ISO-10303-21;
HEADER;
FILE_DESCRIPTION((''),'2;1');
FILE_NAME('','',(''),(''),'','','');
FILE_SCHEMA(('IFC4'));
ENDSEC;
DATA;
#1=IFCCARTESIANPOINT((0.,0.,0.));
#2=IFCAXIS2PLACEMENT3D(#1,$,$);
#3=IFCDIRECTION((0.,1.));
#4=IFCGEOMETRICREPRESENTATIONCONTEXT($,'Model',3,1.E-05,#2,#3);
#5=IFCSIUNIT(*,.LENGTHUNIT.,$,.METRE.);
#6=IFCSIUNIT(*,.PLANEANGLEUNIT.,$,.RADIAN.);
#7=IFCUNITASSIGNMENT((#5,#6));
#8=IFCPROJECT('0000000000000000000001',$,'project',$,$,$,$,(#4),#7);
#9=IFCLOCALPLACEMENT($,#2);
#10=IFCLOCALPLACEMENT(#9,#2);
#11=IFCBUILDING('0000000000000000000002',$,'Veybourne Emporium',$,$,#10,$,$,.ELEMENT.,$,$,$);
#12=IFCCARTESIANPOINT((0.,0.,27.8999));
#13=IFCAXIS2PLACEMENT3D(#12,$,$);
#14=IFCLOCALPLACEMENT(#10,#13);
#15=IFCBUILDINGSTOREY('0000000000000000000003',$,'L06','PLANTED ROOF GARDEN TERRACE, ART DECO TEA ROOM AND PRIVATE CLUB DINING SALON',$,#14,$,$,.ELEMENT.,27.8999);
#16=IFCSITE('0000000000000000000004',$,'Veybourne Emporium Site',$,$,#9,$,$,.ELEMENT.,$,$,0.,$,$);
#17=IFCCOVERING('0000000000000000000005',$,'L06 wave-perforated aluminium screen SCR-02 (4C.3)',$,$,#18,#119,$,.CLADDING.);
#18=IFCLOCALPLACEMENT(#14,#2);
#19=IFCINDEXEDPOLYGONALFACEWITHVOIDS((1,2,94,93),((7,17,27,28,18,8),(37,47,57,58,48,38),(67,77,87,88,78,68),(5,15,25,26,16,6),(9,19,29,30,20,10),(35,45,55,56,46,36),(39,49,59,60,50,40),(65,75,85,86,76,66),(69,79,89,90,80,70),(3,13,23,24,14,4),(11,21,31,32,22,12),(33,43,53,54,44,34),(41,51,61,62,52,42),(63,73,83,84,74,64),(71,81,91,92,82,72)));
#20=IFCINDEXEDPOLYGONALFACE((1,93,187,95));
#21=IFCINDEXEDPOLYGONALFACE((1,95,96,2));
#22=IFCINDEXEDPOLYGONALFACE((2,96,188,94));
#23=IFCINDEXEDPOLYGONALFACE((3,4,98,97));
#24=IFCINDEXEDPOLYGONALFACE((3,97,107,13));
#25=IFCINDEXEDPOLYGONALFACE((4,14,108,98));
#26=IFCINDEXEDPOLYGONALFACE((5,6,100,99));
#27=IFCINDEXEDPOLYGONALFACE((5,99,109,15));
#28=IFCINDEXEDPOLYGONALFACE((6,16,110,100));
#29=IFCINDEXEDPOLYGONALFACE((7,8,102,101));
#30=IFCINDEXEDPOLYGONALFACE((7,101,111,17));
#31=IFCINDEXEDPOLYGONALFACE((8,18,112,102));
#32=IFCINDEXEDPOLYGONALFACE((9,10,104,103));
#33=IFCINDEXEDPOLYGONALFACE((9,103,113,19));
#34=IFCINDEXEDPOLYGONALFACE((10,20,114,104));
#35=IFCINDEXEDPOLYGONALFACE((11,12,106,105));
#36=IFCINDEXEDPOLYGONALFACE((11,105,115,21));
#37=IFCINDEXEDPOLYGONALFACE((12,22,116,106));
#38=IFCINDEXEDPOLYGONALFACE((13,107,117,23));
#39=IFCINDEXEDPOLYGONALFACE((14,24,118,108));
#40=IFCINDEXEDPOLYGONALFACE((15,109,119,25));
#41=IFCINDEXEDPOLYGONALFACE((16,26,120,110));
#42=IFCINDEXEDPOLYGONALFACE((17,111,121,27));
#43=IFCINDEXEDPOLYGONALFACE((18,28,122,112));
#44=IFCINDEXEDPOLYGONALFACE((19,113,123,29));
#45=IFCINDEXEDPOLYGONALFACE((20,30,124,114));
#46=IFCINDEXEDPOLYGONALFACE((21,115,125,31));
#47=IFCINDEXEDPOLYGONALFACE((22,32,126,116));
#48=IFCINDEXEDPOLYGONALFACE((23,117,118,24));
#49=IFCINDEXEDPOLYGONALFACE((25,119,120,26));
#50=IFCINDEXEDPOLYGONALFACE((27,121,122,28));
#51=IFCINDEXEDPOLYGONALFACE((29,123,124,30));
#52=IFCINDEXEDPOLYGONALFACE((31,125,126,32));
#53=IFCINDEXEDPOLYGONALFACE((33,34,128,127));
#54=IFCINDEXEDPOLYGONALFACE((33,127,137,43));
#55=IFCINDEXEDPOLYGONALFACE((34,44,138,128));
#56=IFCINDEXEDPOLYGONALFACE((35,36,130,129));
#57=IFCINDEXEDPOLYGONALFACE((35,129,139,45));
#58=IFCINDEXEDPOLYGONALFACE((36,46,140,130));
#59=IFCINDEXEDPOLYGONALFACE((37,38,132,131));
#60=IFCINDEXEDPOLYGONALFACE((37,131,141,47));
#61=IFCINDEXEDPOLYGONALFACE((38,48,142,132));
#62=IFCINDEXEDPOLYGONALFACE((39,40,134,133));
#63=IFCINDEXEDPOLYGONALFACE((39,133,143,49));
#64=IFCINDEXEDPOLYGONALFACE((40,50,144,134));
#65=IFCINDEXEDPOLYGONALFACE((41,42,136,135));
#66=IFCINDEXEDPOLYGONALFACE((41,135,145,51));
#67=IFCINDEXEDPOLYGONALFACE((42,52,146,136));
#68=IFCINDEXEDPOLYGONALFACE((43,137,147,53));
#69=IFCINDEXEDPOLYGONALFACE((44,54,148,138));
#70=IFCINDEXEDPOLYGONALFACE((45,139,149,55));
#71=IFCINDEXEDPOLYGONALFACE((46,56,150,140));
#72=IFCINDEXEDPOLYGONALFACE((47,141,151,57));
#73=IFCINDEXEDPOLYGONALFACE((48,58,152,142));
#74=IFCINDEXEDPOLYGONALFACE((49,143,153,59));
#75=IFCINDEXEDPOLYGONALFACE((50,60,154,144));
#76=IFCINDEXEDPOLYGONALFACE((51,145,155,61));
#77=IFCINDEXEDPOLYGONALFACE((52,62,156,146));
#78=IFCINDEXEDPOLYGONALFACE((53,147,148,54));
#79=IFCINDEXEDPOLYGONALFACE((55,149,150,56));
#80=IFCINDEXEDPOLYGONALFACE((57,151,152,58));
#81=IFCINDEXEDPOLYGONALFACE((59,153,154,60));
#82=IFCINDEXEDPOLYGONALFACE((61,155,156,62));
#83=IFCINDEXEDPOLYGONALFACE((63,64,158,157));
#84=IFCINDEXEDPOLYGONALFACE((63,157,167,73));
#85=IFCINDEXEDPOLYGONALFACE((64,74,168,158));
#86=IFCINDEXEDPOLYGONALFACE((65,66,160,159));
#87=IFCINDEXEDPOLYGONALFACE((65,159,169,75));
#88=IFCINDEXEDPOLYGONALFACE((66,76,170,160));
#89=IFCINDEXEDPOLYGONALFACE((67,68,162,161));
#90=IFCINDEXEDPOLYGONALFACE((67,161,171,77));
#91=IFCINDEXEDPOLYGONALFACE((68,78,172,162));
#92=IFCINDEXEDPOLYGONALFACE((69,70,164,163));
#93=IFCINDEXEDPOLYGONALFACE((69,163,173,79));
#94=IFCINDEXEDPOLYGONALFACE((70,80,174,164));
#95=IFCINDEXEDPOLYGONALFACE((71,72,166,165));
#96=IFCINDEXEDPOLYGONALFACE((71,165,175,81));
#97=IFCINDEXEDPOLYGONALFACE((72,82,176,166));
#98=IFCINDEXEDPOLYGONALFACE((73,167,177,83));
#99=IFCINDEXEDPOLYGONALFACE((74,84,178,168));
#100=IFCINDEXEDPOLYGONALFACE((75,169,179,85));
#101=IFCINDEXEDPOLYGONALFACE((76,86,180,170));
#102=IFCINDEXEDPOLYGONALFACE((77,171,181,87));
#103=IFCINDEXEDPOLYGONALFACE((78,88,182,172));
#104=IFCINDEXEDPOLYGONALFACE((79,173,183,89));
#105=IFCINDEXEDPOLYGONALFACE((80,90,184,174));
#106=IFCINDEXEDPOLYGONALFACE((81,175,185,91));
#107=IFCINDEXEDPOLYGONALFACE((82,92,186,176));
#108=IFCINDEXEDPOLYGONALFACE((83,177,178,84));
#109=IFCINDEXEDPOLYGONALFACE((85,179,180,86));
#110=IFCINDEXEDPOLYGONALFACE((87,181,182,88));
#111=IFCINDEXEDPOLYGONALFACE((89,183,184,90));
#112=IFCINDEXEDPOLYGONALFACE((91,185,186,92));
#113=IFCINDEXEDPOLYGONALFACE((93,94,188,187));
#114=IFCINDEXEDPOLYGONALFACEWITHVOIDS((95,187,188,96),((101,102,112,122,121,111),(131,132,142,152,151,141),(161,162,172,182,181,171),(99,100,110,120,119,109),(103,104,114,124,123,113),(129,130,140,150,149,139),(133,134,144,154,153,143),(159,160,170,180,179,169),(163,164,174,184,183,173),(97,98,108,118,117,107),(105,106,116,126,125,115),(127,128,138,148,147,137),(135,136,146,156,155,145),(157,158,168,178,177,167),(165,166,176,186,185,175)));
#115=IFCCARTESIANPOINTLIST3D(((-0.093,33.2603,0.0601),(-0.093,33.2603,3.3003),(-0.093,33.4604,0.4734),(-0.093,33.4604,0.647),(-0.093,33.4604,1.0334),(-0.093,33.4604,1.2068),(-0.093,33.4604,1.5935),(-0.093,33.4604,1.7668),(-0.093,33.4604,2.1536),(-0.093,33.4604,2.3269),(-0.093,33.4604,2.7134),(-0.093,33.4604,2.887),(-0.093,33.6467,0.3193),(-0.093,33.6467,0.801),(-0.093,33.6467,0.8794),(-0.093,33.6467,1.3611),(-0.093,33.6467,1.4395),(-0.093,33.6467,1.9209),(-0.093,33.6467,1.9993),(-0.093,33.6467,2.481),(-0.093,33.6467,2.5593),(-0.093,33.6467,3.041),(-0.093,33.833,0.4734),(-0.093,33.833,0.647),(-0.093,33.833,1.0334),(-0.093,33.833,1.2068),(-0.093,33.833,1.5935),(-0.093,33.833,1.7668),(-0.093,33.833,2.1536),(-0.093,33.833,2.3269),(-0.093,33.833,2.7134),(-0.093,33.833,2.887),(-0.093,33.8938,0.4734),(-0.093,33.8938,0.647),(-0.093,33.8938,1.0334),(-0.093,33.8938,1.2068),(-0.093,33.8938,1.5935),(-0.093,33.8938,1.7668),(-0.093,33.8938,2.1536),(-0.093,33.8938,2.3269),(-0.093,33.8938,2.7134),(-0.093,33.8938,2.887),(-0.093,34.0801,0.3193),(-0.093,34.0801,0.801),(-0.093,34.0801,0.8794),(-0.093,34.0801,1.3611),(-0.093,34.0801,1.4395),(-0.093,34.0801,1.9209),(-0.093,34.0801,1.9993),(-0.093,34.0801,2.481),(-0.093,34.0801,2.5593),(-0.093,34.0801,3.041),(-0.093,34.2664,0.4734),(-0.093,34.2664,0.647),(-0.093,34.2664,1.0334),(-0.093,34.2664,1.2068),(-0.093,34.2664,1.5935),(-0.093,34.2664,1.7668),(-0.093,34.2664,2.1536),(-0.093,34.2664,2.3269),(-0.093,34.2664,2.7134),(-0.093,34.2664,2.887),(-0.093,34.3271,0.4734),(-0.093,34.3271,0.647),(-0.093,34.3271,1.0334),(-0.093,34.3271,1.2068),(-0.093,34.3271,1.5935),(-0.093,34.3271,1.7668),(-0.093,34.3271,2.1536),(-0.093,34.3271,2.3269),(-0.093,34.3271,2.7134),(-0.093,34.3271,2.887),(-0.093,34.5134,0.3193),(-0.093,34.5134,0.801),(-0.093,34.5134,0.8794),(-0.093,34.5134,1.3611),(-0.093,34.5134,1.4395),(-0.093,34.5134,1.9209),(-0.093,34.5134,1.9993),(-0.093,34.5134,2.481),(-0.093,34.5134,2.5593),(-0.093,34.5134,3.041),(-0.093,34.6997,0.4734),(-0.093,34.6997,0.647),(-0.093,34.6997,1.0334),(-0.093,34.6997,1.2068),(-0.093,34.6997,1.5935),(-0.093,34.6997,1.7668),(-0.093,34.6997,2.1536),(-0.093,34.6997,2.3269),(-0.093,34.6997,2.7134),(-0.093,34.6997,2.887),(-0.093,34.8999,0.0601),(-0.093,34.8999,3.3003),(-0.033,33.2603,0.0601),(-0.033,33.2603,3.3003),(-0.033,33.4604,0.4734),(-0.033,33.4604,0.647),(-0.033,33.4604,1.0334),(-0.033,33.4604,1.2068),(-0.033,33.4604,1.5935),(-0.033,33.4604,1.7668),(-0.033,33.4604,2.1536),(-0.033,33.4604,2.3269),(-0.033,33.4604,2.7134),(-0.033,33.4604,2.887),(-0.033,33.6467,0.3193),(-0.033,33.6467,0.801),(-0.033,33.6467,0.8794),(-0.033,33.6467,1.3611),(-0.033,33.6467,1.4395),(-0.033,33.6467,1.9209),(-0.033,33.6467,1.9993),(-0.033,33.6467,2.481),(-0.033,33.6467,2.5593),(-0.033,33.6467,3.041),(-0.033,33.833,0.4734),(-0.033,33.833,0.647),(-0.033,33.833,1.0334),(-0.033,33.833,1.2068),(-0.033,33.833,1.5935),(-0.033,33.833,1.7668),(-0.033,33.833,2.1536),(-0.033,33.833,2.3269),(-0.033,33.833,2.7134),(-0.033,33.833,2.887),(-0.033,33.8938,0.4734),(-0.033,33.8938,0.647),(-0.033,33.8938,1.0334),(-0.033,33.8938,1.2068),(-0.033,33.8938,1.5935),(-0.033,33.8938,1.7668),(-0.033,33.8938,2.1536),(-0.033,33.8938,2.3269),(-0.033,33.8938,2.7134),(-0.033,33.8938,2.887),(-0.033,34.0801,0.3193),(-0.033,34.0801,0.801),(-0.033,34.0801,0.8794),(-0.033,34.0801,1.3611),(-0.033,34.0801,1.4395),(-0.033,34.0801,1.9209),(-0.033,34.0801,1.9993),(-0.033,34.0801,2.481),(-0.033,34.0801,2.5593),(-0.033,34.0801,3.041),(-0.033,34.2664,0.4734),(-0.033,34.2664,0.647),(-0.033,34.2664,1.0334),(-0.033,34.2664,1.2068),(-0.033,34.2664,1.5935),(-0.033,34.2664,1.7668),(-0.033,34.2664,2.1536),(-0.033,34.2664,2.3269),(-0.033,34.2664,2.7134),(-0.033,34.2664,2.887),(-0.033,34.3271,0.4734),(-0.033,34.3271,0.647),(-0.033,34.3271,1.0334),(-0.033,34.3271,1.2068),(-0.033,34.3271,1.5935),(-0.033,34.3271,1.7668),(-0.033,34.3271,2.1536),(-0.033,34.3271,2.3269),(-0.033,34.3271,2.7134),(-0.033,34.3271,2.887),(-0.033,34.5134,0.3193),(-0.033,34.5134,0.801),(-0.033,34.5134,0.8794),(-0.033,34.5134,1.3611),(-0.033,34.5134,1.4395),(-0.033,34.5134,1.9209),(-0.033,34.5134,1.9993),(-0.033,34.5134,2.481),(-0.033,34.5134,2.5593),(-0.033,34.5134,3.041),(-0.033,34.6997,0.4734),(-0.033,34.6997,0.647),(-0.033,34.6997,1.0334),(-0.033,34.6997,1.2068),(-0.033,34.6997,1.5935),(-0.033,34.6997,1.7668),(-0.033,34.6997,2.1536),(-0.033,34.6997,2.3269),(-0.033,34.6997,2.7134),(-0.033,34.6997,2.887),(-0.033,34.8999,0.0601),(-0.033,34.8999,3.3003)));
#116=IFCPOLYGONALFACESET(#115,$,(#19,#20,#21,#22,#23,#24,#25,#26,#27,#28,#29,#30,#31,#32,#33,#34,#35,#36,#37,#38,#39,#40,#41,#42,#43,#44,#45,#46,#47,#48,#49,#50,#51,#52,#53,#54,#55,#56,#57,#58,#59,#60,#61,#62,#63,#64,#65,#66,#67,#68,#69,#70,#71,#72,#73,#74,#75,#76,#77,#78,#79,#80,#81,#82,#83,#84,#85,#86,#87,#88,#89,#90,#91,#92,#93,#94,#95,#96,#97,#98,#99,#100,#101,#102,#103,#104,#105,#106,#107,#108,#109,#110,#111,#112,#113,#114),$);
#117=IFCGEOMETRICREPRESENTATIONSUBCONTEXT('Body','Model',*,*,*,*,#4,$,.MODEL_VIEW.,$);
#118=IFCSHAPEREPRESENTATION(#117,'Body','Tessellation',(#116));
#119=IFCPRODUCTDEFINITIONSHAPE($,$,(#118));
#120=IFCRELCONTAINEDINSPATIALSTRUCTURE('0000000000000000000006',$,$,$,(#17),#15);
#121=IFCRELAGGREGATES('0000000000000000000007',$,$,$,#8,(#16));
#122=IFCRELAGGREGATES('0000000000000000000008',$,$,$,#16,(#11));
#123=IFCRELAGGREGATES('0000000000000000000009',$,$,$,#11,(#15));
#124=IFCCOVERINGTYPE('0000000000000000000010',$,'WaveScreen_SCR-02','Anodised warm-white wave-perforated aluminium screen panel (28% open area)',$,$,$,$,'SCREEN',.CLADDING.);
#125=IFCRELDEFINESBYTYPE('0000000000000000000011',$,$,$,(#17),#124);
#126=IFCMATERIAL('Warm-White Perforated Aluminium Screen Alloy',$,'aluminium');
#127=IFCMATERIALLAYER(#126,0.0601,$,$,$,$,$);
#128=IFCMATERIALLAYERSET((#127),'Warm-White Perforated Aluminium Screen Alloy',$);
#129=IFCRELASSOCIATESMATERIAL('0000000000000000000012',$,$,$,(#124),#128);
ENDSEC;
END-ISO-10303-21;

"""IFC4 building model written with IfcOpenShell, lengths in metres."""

from ifc_helpers import new_model, si_unit, direction, frame, origin, place, context, subcontext, project, spatial, polyline, outline, extrude, material, layer, layer_set, type_object, element, save


model = new_model("IFC4")

# Units and contexts
model_context = context("Model", 3, precision=1e-05, world=origin(), true_north=direction((0.0, 1.0)))
body_context = subcontext(model_context, "Body", "Model", "MODEL_VIEW")
ifc_project = project(units=[si_unit("LENGTHUNIT", "METRE"), si_unit("PLANEANGLEUNIT", "RADIAN")], contexts=[model_context])

# Site, building, storey
site_placement = place(None, origin())
site = spatial("IfcSite", under=ifc_project, at=site_placement, Name="Veybourne Emporium Site", CompositionType="ELEMENT", RefElevation=0.0)
building_placement = place(site_placement, origin())
building = spatial("IfcBuilding", under=site, at=building_placement, Name="Veybourne Emporium", CompositionType="ELEMENT")
storey_placement = place(building_placement, frame((0.0, 0.0, 27.8999)))
storey = spatial("IfcBuildingStorey", under=building, at=storey_placement, Name="L06", Description="PLANTED ROOF GARDEN TERRACE, ART DECO TEA ROOM AND PRIVATE CLUB DINING SALON", CompositionType="ELEMENT", Elevation=27.8999)

# Covering
ifc_material_1 = material(Name="Warm-White Perforated Aluminium Screen Alloy", Category="aluminium")
ifc_layer_1 = layer(ifc_material_1, 0.0601)
ifc_layer_set_1 = layer_set([ifc_layer_1], Name="Warm-White Perforated Aluminium Screen Alloy")
covering_type_1 = type_object("IfcCoveringType", Name="WaveScreen_SCR-02", Description="Anodised warm-white wave-perforated aluminium screen panel (28% open area)", ElementType="SCREEN", PredefinedType="CLADDING", material=ifc_layer_set_1)
covering_1_placement = place(storey_placement, frame((-0.093, 34.0801, 1.6802), z_axis=(1.0, 0.0, 0.0), x_axis=(0.0, 1.0, 0.0)))
element("IfcCovering", 1, at=covering_1_placement, inside=storey, type_object=covering_type_1, Name="L06 wave-perforated aluminium screen SCR-02 (4C.3)", PredefinedType="CLADDING", context=body_context, shape_type="SweptSolid", body=[
    extrude(outline(polyline([(-0.8198, -1.6201), (0.8198, -1.6201), (0.8198, 1.6201), (-0.8198, 1.6201), (-0.8198, -1.6201)]), holes=[polyline([(-0.4333, -0.8792), (-0.2471, -1.0332), (-0.2471, -1.2068), (-0.4333, -1.3608), (-0.6196, -1.2068), (-0.6196, -1.0332), (-0.4333, -0.8792)]), polyline([(-0.4333, -0.3191), (-0.2471, -0.4734), (-0.2471, -0.6467), (-0.4333, -0.8008), (-0.6196, -0.6467), (-0.6196, -0.4734), (-0.4333, -0.3191)]), polyline([(-0.4333, 0.2407), (-0.2471, 0.0867), (-0.2471, -0.0867), (-0.4333, -0.2407), (-0.6196, -0.0867), (-0.6196, 0.0867), (-0.4333, 0.2407)]), polyline([(-0.4333, 0.8008), (-0.2471, 0.6467), (-0.2471, 0.4734), (-0.4333, 0.3191), (-0.6196, 0.4734), (-0.6196, 0.6467), (-0.4333, 0.8008)]), polyline([(-0.4333, 1.3608), (-0.2471, 1.2068), (-0.2471, 1.0332), (-0.4333, 0.8792), (-0.6196, 1.0332), (-0.6196, 1.2068), (-0.4333, 1.3608)]), polyline([(0.0, -0.8792), (0.1863, -1.0332), (0.1863, -1.2068), (0.0, -1.3608), (-0.1863, -1.2068), (-0.1863, -1.0332), (0.0, -0.8792)]), polyline([(0.0, -0.3191), (0.1863, -0.4734), (0.1863, -0.6467), (0.0, -0.8008), (-0.1863, -0.6467), (-0.1863, -0.4734), (0.0, -0.3191)]), polyline([(0.0, 0.2407), (0.1863, 0.0867), (0.1863, -0.0867), (0.0, -0.2407), (-0.1863, -0.0867), (-0.1863, 0.0867), (0.0, 0.2407)]), polyline([(0.0, 0.8008), (0.1863, 0.6467), (0.1863, 0.4734), (0.0, 0.3191), (-0.1863, 0.4734), (-0.1863, 0.6467), (0.0, 0.8008)]), polyline([(0.0, 1.3608), (0.1863, 1.2068), (0.1863, 1.0332), (0.0, 0.8792), (-0.1863, 1.0332), (-0.1863, 1.2068), (0.0, 1.3608)]), polyline([(0.4333, -0.8792), (0.6196, -1.0332), (0.6196, -1.2068), (0.4333, -1.3608), (0.2471, -1.2068), (0.2471, -1.0332), (0.4333, -0.8792)]), polyline([(0.4333, -0.3191), (0.6196, -0.4734), (0.6196, -0.6467), (0.4333, -0.8008), (0.2471, -0.6467), (0.2471, -0.4734), (0.4333, -0.3191)]), polyline([(0.4333, 0.2407), (0.6196, 0.0867), (0.6196, -0.0867), (0.4333, -0.2407), (0.2471, -0.0867), (0.2471, 0.0867), (0.4333, 0.2407)]), polyline([(0.4333, 0.8008), (0.6196, 0.6467), (0.6196, 0.4734), (0.4333, 0.3191), (0.2471, 0.4734), (0.2471, 0.6467), (0.4333, 0.8008)]), polyline([(0.4333, 1.3608), (0.6196, 1.2068), (0.6196, 1.0332), (0.4333, 0.8792), (0.2471, 1.0332), (0.2471, 1.2068), (0.4333, 1.3608)])]), origin(), (0.0, 0.0, 1.0), 0.0601),
])

save(model, "model.ifc")
